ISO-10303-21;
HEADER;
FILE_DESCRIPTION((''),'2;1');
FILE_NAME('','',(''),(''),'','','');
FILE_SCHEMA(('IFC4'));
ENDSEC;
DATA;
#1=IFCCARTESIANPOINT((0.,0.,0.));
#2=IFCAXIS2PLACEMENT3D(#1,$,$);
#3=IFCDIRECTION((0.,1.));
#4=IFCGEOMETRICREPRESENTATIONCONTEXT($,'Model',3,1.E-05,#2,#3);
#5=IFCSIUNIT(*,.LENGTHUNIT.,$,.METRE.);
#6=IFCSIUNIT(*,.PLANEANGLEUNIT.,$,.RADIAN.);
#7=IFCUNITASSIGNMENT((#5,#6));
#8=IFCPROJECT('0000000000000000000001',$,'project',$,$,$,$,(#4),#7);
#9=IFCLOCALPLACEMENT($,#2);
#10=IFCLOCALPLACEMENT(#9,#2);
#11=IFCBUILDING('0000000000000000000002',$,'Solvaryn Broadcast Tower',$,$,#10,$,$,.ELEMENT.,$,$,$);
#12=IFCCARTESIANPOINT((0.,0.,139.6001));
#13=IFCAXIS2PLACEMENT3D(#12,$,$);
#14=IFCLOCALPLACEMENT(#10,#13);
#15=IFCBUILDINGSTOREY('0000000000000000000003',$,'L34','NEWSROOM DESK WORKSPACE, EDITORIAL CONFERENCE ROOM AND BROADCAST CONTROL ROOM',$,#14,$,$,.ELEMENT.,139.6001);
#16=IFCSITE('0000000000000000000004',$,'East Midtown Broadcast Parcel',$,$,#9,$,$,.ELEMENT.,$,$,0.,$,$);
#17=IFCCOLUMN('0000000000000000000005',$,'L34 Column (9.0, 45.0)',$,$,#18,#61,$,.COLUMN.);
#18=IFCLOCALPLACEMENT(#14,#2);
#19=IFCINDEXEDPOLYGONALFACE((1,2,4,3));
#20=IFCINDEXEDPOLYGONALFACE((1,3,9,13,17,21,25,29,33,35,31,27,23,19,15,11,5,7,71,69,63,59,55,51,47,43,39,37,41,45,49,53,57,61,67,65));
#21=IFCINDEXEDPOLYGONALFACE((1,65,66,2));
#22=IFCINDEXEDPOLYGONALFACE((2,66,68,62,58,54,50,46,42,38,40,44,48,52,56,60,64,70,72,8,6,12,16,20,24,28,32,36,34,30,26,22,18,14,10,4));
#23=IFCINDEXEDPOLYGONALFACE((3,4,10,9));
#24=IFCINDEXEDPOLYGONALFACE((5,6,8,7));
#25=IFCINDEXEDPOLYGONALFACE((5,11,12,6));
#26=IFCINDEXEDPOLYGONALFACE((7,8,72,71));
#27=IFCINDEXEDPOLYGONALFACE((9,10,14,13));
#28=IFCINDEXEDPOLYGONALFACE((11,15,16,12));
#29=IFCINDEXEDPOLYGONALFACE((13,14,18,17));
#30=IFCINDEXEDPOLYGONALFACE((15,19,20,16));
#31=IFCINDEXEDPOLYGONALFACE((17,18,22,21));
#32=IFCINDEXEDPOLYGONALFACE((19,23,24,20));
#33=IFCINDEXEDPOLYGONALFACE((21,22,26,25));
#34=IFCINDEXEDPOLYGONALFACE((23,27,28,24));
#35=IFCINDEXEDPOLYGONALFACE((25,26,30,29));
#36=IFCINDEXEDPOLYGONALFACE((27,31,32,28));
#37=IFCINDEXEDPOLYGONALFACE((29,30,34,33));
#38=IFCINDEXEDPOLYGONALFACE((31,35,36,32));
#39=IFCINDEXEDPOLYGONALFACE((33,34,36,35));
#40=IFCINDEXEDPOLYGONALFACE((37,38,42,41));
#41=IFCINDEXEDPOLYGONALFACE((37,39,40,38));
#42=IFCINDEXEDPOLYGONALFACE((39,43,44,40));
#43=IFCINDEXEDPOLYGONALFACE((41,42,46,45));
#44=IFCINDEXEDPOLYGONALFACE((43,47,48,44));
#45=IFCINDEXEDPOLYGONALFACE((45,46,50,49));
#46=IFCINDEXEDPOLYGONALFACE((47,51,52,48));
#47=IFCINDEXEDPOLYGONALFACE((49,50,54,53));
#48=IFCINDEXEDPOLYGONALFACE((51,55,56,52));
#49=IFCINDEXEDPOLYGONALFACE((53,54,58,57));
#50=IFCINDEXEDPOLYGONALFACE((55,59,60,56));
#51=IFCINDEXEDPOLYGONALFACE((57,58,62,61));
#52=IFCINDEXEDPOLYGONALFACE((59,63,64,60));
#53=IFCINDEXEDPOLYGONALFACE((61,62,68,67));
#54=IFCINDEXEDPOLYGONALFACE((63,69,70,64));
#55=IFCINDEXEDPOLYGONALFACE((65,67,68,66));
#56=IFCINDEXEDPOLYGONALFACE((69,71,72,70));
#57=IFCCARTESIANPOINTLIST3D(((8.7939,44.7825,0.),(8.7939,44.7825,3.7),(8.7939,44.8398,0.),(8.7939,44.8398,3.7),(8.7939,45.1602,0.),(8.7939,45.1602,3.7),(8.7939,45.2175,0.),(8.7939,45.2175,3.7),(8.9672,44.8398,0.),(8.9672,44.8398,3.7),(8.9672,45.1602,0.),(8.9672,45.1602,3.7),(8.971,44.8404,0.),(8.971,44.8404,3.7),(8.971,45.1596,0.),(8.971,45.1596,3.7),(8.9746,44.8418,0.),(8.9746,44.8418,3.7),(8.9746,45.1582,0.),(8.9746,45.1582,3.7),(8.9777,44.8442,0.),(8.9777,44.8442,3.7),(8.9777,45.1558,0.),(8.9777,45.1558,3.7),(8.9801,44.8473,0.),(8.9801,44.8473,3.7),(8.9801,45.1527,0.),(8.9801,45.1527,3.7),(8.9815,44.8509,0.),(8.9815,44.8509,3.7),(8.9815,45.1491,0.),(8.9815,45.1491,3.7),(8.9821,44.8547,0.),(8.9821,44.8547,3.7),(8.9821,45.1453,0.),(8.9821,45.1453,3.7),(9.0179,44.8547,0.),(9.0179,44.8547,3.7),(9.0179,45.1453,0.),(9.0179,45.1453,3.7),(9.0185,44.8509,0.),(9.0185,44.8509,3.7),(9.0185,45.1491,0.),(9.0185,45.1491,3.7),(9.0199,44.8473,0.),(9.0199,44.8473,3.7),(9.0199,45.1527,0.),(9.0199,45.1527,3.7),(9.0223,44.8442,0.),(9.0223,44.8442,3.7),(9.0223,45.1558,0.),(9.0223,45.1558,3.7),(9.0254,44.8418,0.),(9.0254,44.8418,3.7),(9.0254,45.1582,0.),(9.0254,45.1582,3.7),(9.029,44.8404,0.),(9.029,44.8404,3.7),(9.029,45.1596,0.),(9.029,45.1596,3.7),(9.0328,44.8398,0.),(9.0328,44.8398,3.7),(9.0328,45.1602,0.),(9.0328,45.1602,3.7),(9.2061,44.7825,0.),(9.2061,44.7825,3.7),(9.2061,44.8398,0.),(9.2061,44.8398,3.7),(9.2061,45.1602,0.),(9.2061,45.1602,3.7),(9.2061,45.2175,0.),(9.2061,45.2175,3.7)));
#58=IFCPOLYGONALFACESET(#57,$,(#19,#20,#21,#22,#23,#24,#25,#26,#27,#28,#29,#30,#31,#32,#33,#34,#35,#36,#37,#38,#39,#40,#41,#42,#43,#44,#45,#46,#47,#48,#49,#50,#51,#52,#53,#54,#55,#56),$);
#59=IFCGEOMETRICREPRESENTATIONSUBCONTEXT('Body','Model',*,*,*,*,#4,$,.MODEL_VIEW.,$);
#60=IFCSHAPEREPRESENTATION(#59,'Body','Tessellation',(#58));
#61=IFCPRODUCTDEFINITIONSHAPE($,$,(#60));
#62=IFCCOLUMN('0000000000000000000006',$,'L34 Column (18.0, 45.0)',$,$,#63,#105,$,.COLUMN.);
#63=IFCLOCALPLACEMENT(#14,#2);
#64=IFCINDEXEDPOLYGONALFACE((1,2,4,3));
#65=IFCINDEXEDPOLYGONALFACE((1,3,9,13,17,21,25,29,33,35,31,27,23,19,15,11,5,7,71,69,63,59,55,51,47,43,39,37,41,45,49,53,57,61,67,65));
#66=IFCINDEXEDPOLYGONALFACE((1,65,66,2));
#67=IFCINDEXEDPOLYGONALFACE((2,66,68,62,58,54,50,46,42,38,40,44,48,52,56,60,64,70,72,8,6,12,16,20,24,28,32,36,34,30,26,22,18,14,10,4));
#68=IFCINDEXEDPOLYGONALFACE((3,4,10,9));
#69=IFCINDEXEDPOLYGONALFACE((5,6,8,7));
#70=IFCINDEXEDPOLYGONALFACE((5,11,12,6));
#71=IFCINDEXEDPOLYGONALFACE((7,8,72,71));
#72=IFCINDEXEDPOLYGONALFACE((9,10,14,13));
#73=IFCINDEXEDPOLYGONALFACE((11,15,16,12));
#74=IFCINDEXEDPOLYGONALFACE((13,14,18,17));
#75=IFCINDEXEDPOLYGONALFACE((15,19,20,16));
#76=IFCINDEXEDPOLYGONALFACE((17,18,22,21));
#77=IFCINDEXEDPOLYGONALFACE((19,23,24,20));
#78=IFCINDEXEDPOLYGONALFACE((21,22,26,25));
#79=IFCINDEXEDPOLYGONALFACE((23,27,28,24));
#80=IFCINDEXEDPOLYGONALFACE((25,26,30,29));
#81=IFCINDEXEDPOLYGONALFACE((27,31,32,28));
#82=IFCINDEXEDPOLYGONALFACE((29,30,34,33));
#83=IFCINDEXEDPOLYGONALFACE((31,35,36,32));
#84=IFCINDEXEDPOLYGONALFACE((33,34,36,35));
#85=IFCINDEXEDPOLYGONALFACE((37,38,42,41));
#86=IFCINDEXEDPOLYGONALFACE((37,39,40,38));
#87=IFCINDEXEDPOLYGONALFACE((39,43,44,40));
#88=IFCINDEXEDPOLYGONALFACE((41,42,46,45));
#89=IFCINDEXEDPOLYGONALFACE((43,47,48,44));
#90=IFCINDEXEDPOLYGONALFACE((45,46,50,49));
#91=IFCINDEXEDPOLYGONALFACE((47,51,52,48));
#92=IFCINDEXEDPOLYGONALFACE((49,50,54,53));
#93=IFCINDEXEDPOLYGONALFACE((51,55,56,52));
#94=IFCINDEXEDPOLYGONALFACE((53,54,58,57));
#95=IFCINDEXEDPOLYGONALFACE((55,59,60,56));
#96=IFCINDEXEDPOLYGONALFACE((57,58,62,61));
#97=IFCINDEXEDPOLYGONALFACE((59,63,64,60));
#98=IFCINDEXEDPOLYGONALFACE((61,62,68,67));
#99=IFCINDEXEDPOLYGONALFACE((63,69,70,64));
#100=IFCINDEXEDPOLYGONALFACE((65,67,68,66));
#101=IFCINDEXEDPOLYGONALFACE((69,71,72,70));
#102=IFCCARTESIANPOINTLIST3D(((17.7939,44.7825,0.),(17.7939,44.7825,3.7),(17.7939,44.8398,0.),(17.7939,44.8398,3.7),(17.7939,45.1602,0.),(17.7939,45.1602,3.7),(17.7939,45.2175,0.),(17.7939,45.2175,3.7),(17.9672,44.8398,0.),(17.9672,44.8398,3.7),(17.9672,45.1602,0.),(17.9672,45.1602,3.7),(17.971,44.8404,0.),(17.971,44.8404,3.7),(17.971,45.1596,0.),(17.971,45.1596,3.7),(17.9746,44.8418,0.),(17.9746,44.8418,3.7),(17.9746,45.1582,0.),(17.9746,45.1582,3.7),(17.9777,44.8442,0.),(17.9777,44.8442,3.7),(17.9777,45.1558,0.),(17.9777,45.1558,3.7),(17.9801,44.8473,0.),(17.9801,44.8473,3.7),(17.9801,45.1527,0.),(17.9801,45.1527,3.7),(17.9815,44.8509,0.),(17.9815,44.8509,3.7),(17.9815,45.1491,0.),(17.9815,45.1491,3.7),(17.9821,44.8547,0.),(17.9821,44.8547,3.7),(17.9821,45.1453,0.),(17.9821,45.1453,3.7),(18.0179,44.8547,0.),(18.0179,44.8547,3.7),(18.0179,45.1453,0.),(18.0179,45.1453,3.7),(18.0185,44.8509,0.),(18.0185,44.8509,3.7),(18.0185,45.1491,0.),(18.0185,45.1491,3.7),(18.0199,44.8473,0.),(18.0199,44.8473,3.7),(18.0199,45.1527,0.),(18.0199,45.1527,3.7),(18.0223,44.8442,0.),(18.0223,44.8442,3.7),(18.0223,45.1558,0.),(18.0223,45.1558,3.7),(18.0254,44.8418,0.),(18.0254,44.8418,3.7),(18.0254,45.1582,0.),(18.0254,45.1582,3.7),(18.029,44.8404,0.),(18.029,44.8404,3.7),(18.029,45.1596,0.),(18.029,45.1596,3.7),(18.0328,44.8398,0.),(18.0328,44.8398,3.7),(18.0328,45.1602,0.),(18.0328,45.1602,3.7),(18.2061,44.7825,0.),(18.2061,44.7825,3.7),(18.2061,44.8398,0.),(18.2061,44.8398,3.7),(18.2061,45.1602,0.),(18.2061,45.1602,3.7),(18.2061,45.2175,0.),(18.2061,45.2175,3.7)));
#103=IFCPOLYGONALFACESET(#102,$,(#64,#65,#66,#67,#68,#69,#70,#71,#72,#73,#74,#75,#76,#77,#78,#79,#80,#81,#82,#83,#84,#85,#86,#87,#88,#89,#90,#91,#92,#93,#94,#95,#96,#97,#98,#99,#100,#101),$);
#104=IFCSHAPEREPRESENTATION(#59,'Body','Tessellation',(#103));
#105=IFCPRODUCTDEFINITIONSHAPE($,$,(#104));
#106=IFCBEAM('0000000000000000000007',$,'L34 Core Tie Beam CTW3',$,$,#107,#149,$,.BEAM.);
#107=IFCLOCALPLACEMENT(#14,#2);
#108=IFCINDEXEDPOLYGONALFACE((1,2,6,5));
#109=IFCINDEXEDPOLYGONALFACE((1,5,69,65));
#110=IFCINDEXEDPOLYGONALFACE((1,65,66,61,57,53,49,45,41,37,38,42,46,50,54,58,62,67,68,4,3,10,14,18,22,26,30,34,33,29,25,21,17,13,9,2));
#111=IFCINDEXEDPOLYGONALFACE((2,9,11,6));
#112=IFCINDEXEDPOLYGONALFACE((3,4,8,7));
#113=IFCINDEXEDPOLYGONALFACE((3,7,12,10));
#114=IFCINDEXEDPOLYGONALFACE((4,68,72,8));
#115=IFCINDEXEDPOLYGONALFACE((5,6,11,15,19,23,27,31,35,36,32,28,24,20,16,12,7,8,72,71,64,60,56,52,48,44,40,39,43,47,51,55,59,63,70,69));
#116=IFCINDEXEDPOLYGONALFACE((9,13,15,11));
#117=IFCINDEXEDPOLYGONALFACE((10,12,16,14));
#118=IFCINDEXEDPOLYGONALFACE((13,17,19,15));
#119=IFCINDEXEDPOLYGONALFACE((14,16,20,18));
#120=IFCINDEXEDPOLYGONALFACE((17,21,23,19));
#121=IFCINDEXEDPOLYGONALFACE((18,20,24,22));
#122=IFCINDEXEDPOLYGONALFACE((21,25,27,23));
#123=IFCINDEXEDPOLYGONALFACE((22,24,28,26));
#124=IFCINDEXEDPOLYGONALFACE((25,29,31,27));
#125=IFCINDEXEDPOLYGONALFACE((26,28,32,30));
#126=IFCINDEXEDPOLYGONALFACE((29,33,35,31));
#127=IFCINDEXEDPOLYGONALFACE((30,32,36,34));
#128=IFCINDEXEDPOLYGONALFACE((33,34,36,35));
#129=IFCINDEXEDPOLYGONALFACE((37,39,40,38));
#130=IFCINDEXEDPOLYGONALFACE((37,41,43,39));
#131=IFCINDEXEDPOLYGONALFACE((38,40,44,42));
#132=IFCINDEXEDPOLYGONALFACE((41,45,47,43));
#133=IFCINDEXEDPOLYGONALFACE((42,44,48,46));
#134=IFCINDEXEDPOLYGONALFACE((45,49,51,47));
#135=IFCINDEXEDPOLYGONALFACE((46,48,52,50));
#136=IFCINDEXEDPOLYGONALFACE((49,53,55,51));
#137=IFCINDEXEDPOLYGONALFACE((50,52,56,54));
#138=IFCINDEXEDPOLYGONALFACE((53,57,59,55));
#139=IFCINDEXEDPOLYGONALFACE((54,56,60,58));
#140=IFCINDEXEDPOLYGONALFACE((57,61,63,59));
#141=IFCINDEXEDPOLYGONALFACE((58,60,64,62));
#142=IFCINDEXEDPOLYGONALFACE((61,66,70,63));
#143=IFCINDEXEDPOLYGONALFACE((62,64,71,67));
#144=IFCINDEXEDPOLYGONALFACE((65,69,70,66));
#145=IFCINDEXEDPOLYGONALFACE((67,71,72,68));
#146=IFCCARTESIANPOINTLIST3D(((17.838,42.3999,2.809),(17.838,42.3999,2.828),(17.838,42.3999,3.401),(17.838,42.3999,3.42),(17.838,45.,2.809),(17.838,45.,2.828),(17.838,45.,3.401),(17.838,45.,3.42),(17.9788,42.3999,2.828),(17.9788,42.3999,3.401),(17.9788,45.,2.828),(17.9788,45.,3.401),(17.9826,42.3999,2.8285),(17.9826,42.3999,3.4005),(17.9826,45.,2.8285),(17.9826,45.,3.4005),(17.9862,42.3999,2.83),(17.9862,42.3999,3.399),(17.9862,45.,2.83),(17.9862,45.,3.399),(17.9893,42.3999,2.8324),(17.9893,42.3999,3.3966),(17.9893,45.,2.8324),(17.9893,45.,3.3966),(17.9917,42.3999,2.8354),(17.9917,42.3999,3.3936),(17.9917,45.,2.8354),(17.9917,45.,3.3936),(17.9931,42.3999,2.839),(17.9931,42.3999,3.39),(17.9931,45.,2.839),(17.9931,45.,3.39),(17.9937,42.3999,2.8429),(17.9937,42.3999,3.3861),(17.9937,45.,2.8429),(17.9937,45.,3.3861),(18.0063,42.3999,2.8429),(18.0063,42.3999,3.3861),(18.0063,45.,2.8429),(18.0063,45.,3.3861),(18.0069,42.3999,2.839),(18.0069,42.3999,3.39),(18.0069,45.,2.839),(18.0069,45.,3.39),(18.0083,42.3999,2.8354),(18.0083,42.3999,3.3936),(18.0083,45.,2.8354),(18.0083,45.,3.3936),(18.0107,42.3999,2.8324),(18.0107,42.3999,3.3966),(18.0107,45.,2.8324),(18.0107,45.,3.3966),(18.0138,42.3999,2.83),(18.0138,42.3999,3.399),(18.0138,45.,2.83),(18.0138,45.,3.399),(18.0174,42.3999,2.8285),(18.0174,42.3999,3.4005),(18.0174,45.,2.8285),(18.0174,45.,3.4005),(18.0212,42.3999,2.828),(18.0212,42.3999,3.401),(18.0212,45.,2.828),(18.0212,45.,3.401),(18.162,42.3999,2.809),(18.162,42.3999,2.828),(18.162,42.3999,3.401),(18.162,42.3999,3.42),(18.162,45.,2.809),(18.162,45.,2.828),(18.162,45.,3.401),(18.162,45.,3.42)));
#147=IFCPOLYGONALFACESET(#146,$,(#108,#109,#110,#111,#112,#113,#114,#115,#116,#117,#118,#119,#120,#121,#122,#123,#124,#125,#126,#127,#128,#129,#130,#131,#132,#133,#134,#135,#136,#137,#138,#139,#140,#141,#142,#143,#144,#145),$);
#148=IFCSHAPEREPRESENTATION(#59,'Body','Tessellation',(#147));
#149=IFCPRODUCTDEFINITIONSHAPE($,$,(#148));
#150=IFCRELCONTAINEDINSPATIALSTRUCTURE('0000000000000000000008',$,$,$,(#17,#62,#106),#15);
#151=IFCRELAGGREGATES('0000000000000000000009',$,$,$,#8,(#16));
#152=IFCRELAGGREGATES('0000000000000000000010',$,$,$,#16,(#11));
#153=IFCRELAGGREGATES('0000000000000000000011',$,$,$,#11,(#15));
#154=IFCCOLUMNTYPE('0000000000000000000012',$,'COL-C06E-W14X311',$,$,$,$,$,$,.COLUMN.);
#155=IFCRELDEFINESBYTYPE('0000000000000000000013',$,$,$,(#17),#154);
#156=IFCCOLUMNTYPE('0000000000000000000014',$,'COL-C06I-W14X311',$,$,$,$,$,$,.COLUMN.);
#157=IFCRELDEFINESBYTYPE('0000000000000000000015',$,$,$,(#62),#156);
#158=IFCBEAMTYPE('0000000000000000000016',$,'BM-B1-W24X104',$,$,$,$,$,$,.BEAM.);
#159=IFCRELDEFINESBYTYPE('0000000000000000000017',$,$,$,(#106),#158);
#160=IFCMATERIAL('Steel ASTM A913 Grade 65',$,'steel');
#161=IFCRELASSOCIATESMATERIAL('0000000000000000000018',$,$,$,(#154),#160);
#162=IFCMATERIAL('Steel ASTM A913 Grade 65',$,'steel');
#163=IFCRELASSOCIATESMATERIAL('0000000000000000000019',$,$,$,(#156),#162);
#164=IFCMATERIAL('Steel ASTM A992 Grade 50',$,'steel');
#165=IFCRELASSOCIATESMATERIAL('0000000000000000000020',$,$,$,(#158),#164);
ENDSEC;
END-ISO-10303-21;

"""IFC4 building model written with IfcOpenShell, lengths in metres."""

from ifc_helpers import new_model, si_unit, direction, frame, origin, origin_2d, place, context, subcontext, project, spatial, i_section, extrude, material, material_profile, profile_set, type_object, element, save


model = new_model("IFC4")

# Units and contexts
model_context = context("Model", 3, precision=1e-05, world=origin(), true_north=direction((0.0, 1.0)))
body_context = subcontext(model_context, "Body", "Model", "MODEL_VIEW")
ifc_project = project(units=[si_unit("LENGTHUNIT", "METRE"), si_unit("PLANEANGLEUNIT", "RADIAN")], contexts=[model_context])

# Site, building, storey
site_placement = place(None, origin())
site = spatial("IfcSite", under=ifc_project, at=site_placement, Name="East Midtown Broadcast Parcel", CompositionType="ELEMENT", RefElevation=0.0)
building_placement = place(site_placement, origin())
building = spatial("IfcBuilding", under=site, at=building_placement, Name="Solvaryn Broadcast Tower", CompositionType="ELEMENT")
storey_placement = place(building_placement, frame((0.0, 0.0, 139.6001)))
storey = spatial("IfcBuildingStorey", under=building, at=storey_placement, Name="L34", Description="NEWSROOM DESK WORKSPACE, EDITORIAL CONFERENCE ROOM AND BROADCAST CONTROL ROOM", CompositionType="ELEMENT", Elevation=139.6001)

# Columns
ifc_material_1 = material(Name="Steel ASTM A913 Grade 65", Category="steel")
ifc_material_profile_1 = material_profile(ifc_material_1, i_section(OverallWidth=0.4121, OverallDepth=0.4351, WebThickness=0.0359, FlangeThickness=0.0574, FilletRadius=0.0149, at=origin_2d()))
ifc_profile_set_1 = profile_set([ifc_material_profile_1], Name="Steel ASTM A913 Grade 65")
column_type_1 = type_object("IfcColumnType", Name="COL-C06E-W14X311", PredefinedType="COLUMN", material=ifc_profile_set_1)
column_1_placement = place(storey_placement, frame((9.0, 45.0, 0.0), z_axis=(0.0, 0.0, 1.0), x_axis=(1.0, 0.0, 0.0)))
element("IfcColumn", 1, at=column_1_placement, inside=storey, type_object=column_type_1, Name="L34 Column (9.0, 45.0)", PredefinedType="COLUMN", context=body_context, shape_type="SweptSolid", body=[
    extrude(i_section(OverallWidth=0.4121, OverallDepth=0.4351, WebThickness=0.0359, FlangeThickness=0.0574, FilletRadius=0.0149, at=origin_2d()), origin(), (0.0, 0.0, 1.0), 3.7),
])
ifc_material_2 = material(Name="Steel ASTM A913 Grade 65", Category="steel")
ifc_material_profile_2 = material_profile(ifc_material_2, i_section(OverallWidth=0.4121, OverallDepth=0.4351, WebThickness=0.0359, FlangeThickness=0.0574, FilletRadius=0.0149, at=origin_2d()))
ifc_profile_set_2 = profile_set([ifc_material_profile_2], Name="Steel ASTM A913 Grade 65")
column_type_2 = type_object("IfcColumnType", Name="COL-C06I-W14X311", PredefinedType="COLUMN", material=ifc_profile_set_2)
column_2_placement = place(storey_placement, frame((18.0, 45.0, 0.0), z_axis=(0.0, 0.0, 1.0), x_axis=(1.0, 0.0, 0.0)))
element("IfcColumn", 2, at=column_2_placement, inside=storey, type_object=column_type_2, Name="L34 Column (18.0, 45.0)", PredefinedType="COLUMN", context=body_context, shape_type="SweptSolid", body=[
    extrude(i_section(OverallWidth=0.4121, OverallDepth=0.4351, WebThickness=0.0359, FlangeThickness=0.0574, FilletRadius=0.0149, at=origin_2d()), origin(), (0.0, 0.0, 1.0), 3.7),
])

# Beam
ifc_material_3 = material(Name="Steel ASTM A992 Grade 50", Category="steel")
ifc_material_profile_3 = material_profile(ifc_material_3, i_section(OverallWidth=0.324, OverallDepth=0.6111, WebThickness=0.0127, FlangeThickness=0.019, FilletRadius=0.0149, at=origin_2d()))
ifc_profile_set_3 = profile_set([ifc_material_profile_3], Name="Steel ASTM A992 Grade 50")
beam_type_1 = type_object("IfcBeamType", Name="BM-B1-W24X104", PredefinedType="BEAM", material=ifc_profile_set_3)
beam_1_placement = place(storey_placement, frame((18.0, 42.3999, 3.1145), z_axis=(0.0, 1.0, 0.0), x_axis=(-1.0, 0.0, 0.0)))
element("IfcBeam", 3, at=beam_1_placement, inside=storey, type_object=beam_type_1, Name="L34 Core Tie Beam CTW3", PredefinedType="BEAM", context=body_context, shape_type="SweptSolid", body=[
    extrude(i_section(OverallWidth=0.324, OverallDepth=0.6111, WebThickness=0.0127, FlangeThickness=0.019, FilletRadius=0.0149, at=origin_2d()), origin(), (0.0, 0.0, 1.0), 2.6001),
])

save(model, "model.ifc")
